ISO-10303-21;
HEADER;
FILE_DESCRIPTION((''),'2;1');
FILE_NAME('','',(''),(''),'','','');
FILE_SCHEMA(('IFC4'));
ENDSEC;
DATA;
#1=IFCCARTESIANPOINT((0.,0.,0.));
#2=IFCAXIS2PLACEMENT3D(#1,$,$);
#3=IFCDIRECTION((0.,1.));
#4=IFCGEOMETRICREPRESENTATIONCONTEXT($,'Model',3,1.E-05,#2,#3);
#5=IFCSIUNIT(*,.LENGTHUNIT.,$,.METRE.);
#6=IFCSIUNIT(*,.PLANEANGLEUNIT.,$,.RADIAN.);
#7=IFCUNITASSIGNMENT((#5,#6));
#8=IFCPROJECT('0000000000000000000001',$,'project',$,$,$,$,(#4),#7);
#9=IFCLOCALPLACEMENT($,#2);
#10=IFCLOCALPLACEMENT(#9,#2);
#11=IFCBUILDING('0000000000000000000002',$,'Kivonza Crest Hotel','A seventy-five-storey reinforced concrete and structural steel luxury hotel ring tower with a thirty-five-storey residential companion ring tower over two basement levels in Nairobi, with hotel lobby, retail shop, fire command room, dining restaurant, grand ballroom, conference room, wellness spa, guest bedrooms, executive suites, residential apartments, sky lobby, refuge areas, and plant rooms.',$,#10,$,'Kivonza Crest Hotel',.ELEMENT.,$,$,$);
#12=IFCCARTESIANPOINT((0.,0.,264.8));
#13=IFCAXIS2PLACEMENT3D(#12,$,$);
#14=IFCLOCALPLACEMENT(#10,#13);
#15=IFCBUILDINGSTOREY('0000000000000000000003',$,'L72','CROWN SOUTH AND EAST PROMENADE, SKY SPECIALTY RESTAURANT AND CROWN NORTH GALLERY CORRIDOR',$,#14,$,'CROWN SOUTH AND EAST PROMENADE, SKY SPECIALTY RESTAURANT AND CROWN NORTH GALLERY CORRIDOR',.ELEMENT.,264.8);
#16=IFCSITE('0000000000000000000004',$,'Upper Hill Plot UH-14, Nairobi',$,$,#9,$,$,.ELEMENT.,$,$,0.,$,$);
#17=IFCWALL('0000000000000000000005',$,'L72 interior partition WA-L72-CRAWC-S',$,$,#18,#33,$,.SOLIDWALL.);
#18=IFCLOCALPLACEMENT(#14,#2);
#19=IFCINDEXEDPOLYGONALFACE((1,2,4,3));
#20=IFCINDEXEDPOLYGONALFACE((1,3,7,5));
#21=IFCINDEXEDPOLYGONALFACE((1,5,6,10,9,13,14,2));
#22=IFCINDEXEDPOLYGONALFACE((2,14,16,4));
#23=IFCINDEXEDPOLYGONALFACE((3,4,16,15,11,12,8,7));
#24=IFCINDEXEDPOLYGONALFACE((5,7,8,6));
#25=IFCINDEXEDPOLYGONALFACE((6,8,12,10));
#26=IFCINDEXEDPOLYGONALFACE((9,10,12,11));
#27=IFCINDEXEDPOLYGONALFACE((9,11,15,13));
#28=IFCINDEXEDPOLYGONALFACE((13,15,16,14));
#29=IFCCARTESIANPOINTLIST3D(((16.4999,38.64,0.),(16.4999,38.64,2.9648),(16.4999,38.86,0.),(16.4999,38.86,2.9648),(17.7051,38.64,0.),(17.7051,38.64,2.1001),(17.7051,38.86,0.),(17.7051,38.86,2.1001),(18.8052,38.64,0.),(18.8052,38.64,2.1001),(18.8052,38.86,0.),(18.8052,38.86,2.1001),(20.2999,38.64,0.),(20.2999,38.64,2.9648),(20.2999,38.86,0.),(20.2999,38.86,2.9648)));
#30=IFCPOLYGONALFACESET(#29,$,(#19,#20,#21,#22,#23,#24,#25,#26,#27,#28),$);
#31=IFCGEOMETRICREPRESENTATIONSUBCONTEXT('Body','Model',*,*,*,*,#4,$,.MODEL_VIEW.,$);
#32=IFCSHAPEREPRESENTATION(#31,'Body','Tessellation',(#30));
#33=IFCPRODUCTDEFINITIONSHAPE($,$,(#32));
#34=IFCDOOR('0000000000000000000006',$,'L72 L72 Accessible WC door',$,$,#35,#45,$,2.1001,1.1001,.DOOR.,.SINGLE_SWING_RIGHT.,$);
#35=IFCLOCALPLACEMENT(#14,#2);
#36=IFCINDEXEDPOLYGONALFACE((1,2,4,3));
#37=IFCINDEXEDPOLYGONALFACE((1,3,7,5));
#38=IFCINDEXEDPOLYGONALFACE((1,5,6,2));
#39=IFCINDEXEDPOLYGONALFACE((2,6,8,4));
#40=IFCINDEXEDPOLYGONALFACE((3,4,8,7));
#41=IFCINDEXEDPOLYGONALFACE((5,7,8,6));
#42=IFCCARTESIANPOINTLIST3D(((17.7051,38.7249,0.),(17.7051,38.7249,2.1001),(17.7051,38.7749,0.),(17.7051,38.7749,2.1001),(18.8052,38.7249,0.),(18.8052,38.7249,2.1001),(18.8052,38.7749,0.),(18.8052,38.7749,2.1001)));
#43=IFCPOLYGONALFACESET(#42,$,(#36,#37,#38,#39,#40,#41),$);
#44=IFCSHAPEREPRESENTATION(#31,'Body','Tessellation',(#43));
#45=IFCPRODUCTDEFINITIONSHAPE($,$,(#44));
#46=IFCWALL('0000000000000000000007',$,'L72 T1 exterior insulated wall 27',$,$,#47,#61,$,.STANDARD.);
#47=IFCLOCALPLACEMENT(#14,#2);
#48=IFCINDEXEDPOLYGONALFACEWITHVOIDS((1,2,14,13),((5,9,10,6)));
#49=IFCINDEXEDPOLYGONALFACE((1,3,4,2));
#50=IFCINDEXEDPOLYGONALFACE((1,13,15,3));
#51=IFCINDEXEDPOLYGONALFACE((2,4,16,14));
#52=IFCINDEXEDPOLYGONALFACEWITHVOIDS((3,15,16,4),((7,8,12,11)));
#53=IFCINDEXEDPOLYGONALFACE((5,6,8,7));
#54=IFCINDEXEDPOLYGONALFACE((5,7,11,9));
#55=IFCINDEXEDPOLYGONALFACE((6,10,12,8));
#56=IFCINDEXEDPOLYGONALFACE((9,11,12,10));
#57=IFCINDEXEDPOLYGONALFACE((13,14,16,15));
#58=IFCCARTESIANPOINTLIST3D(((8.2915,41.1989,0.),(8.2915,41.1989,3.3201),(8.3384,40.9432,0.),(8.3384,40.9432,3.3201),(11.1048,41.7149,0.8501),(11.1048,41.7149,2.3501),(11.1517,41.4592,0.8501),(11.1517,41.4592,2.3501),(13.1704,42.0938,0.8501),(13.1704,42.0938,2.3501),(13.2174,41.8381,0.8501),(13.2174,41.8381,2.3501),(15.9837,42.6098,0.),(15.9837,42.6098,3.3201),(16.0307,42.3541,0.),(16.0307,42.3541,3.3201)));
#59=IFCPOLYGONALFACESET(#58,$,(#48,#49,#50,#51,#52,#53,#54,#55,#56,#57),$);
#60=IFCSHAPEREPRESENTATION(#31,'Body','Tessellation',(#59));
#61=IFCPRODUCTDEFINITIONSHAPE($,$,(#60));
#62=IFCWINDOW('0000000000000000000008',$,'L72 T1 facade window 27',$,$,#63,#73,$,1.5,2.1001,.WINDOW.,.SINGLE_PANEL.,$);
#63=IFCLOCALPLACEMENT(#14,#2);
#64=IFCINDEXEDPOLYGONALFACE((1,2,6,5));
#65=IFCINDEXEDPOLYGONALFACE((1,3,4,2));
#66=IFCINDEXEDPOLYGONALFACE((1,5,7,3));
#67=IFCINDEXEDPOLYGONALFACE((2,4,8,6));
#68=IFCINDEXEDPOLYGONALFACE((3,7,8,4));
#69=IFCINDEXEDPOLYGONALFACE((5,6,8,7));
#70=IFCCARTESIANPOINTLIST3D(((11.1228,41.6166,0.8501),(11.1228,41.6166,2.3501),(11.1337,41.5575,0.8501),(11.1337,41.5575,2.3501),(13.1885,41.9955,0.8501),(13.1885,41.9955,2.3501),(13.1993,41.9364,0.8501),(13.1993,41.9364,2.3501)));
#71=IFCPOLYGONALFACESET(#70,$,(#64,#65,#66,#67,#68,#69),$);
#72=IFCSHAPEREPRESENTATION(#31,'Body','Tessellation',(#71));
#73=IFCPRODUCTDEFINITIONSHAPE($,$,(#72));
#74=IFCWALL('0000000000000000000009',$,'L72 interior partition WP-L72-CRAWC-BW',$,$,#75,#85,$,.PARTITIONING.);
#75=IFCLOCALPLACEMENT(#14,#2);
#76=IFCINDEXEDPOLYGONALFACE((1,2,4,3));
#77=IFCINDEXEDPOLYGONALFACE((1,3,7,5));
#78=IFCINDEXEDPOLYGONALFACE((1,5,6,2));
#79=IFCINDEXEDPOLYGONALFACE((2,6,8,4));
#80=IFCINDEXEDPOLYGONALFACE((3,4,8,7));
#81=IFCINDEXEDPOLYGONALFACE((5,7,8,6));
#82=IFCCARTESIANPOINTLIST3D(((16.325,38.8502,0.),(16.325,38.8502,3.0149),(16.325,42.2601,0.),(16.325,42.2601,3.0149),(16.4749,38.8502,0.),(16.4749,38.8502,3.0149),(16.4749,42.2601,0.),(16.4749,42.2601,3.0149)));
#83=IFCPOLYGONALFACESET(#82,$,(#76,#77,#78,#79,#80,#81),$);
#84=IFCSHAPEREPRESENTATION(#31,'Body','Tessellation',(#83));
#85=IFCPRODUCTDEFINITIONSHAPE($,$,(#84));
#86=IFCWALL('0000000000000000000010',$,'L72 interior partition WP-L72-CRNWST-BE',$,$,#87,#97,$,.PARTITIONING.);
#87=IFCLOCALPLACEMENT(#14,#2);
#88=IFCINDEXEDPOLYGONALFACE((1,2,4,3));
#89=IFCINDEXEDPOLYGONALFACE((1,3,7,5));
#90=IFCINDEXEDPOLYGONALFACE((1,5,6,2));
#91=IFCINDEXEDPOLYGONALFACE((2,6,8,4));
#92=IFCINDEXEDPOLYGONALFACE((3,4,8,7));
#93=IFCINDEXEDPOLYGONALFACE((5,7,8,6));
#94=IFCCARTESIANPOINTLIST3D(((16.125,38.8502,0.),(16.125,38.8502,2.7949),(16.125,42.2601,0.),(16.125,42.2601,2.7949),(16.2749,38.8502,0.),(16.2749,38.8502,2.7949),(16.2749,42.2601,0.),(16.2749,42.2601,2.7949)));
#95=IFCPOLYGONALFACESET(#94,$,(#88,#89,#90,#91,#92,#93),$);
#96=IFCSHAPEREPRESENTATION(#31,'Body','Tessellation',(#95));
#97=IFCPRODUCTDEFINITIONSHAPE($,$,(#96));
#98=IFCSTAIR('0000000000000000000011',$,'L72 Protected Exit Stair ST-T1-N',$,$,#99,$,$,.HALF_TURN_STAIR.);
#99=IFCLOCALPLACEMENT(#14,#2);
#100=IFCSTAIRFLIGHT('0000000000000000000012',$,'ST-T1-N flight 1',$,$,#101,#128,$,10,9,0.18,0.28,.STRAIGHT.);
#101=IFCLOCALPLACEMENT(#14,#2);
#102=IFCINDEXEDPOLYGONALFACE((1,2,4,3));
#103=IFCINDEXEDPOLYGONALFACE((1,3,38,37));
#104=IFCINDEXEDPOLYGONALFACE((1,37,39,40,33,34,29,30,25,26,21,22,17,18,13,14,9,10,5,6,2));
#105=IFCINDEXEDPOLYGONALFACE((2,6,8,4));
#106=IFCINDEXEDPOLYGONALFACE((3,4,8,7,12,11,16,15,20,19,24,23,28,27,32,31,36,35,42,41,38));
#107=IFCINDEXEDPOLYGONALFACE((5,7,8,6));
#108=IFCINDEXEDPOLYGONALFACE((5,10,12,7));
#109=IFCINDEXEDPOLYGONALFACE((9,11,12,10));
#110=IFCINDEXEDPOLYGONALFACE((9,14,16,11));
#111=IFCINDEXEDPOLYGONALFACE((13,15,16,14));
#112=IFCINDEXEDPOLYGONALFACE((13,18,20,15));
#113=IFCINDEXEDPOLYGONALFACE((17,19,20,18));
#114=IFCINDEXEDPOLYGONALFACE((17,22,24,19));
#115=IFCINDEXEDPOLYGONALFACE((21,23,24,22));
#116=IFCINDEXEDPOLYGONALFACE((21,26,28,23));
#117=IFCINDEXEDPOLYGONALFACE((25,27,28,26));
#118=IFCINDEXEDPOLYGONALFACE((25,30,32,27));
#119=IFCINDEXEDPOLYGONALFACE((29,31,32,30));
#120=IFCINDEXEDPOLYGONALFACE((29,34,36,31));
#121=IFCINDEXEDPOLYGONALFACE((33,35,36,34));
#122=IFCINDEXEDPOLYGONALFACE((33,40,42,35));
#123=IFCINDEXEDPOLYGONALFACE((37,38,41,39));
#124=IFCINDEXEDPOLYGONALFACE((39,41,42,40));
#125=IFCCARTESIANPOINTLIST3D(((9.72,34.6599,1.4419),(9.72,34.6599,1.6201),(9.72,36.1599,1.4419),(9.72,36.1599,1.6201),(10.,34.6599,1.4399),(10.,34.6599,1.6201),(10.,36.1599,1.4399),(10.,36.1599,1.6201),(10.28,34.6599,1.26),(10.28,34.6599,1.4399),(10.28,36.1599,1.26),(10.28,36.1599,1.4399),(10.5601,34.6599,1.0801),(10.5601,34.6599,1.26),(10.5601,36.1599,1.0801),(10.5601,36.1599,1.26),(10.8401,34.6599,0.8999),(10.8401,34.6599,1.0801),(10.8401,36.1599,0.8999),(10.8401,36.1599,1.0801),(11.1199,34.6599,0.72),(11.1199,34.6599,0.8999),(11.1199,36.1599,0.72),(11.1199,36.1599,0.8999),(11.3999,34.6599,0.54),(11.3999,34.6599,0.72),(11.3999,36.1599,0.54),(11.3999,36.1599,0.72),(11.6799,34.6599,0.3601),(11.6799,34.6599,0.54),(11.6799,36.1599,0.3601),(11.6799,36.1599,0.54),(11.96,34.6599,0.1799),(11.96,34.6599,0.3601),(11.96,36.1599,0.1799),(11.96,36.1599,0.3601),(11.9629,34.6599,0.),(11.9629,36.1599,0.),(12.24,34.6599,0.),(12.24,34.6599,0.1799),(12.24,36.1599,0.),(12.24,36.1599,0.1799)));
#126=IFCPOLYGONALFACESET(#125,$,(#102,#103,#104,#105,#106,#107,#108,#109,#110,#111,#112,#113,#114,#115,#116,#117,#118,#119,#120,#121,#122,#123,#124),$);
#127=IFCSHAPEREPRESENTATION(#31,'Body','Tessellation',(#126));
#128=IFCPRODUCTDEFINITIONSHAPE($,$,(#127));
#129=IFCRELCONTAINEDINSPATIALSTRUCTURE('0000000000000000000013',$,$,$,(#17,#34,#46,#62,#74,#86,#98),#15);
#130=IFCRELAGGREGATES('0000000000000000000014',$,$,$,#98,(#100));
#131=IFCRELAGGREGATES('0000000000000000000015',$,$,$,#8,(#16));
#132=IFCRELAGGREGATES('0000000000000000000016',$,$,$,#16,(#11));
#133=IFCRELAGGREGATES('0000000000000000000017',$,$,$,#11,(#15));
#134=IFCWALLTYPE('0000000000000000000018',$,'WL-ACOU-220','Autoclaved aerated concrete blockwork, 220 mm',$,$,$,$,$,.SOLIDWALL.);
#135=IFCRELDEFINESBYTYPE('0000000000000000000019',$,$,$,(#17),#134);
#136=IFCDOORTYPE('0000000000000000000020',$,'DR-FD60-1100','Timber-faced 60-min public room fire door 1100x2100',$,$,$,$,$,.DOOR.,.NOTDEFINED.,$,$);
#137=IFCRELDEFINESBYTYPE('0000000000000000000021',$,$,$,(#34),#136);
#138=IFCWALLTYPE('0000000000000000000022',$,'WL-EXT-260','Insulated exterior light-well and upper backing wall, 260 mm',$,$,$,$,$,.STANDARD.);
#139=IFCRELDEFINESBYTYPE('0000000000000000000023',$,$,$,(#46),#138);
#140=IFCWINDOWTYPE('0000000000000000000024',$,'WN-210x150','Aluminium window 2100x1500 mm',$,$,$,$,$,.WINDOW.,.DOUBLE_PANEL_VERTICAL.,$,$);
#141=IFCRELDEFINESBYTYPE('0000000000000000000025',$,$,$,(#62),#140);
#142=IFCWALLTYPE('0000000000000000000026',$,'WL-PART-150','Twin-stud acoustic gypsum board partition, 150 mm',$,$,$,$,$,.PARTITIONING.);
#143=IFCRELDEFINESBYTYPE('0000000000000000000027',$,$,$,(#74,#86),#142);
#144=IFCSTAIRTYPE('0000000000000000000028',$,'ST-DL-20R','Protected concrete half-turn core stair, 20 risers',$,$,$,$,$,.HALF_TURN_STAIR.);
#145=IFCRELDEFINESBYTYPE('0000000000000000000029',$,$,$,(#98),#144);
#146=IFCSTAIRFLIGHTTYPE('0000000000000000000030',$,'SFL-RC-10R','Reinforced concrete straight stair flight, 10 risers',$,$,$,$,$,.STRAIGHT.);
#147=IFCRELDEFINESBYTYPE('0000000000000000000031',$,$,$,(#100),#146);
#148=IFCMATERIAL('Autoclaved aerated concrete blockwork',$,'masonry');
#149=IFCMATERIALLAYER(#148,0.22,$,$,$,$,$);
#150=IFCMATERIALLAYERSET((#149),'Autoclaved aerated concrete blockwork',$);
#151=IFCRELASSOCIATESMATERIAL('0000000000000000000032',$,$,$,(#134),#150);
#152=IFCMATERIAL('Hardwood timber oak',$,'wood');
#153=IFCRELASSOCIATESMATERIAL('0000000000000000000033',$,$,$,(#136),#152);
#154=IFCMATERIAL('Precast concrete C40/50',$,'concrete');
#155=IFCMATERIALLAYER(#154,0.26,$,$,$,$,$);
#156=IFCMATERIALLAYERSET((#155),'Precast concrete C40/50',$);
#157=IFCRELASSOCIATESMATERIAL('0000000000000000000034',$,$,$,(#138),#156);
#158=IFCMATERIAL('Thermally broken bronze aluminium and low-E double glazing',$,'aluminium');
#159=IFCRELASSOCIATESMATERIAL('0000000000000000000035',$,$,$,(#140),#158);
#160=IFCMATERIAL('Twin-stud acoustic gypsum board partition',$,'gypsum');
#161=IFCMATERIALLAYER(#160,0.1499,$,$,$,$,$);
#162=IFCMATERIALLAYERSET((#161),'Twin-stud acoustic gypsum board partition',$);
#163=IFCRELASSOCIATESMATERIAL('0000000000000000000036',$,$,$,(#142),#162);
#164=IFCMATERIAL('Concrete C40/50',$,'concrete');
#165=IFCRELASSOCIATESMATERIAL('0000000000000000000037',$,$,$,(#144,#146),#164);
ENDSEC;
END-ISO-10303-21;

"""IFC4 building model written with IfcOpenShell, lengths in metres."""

from ifc_helpers import new_model, si_unit, direction, frame, frame_2d, origin, place, context, subcontext, project, spatial, polyline, rectangle, outline, extrude, material, layer, layer_set, type_object, element, fill, aggregate, save


model = new_model("IFC4")

# Units and contexts
model_context = context("Model", 3, precision=1e-05, world=origin(), true_north=direction((0.0, 1.0)))
body_context = subcontext(model_context, "Body", "Model", "MODEL_VIEW")
ifc_project = project(units=[si_unit("LENGTHUNIT", "METRE"), si_unit("PLANEANGLEUNIT", "RADIAN")], contexts=[model_context])

# Site, building, storey
site_placement = place(None, origin())
site = spatial("IfcSite", under=ifc_project, at=site_placement, Name="Upper Hill Plot UH-14, Nairobi", CompositionType="ELEMENT", RefElevation=0.0)
building_placement = place(site_placement, origin())
building = spatial("IfcBuilding", under=site, at=building_placement, Name="Kivonza Crest Hotel", Description="A seventy-five-storey reinforced concrete and structural steel luxury hotel ring tower with a thirty-five-storey residential companion ring tower over two basement levels in Nairobi, with hotel lobby, retail shop, fire command room, dining restaurant, grand ballroom, conference room, wellness spa, guest bedrooms, executive suites, residential apartments, sky lobby, refuge areas, and plant rooms.", LongName="Kivonza Crest Hotel", CompositionType="ELEMENT")
storey_placement = place(building_placement, frame((0.0, 0.0, 264.8)))
storey = spatial("IfcBuildingStorey", under=building, at=storey_placement, Name="L72", Description="CROWN SOUTH AND EAST PROMENADE, SKY SPECIALTY RESTAURANT AND CROWN NORTH GALLERY CORRIDOR", LongName="CROWN SOUTH AND EAST PROMENADE, SKY SPECIALTY RESTAURANT AND CROWN NORTH GALLERY CORRIDOR", CompositionType="ELEMENT", Elevation=264.8)

# Wall, opening, door
ifc_material_1 = material(Name="Autoclaved aerated concrete blockwork", Category="masonry")
ifc_layer_1 = layer(ifc_material_1, 0.22)
ifc_layer_set_1 = layer_set([ifc_layer_1], Name="Autoclaved aerated concrete blockwork")
wall_type_1 = type_object("IfcWallType", Name="WL-ACOU-220", Description="Autoclaved aerated concrete blockwork, 220 mm", PredefinedType="SOLIDWALL", material=ifc_layer_set_1)
wall_1_placement = place(storey_placement, frame((16.5, 38.75, 0.0), z_axis=(0.0, 0.0, 1.0), x_axis=(1.0, 0.0, 0.0)))
wall_1 = element("IfcWall", 1, at=wall_1_placement, inside=storey, type_object=wall_type_1, Name="L72 interior partition WA-L72-CRAWC-S", PredefinedType="SOLIDWALL", context=body_context, shape_type="SweptSolid", body=[
    extrude(rectangle(XDim=3.8, YDim=0.22, at=frame_2d((1.8999, 0.0))), origin(), (0.0, 0.0, 1.0), 2.9648),
])
opening_1_placement = place(wall_1_placement, frame((1.2051, 0.0, 0.0)))
opening_1 = element("IfcOpeningElement", 2, at=opening_1_placement, cuts=wall_1, PredefinedType="OPENING", context=body_context, shape_type="SweptSolid", body=[
    extrude(rectangle(XDim=1.1001, YDim=2.1001, at=frame_2d((0.55, 1.05))), frame((0.0, 0.1201, 0.0), z_axis=(0.0, -1.0, 0.0), x_axis=(1.0, 0.0, 0.0)), (0.0, 0.0, 1.0), 0.24),
])
ifc_material_2 = material(Name="Hardwood timber oak", Category="wood")
door_type = type_object("IfcDoorType", Name="DR-FD60-1100", Description="Timber-faced 60-min public room fire door 1100x2100", OperationType="NOTDEFINED", PredefinedType="DOOR", material=ifc_material_2)
door_placement = place(opening_1_placement, origin())
door = element("IfcDoor", 3, at=door_placement, inside=storey, type_object=door_type, Name="L72 L72 Accessible WC door", OperationType="SINGLE_SWING_RIGHT", OverallHeight=2.1001, OverallWidth=1.1001, PredefinedType="DOOR", context=body_context, shape_type="SweptSolid", body=[
    extrude(rectangle(XDim=1.1001, YDim=2.1001, at=frame_2d((0.55, 1.05))), frame((0.0, 0.0249, 0.0), z_axis=(0.0, -1.0, 0.0), x_axis=(1.0, 0.0, 0.0)), (0.0, 0.0, 1.0), 0.05),
])
fill(opening_1, door)

# Wall, opening, window
ifc_material_3 = material(Name="Precast concrete C40/50", Category="concrete")
ifc_layer_2 = layer(ifc_material_3, 0.26)
ifc_layer_set_2 = layer_set([ifc_layer_2], Name="Precast concrete C40/50")
wall_type_2 = type_object("IfcWallType", Name="WL-EXT-260", Description="Insulated exterior light-well and upper backing wall, 260 mm", PredefinedType="STANDARD", material=ifc_layer_set_2)
wall_2_placement = place(storey_placement, frame((16.0071, 42.4819, 0.0), z_axis=(0.0, 0.0, 1.0), x_axis=(-0.983592, -0.18041, 0.0)))
wall_2 = element("IfcWall", 4, at=wall_2_placement, inside=storey, type_object=wall_type_2, Name="L72 T1 exterior insulated wall 27", PredefinedType="STANDARD", context=body_context, shape_type="SweptSolid", body=[
    extrude(rectangle(XDim=7.8206, YDim=0.26, at=frame_2d((3.9102, 0.0))), origin(), (0.0, 0.0, 1.0), 3.3201),
])
opening_2_placement = place(wall_2_placement, frame((2.8601, 0.0, 0.8501)))
opening_2 = element("IfcOpeningElement", 5, at=opening_2_placement, cuts=wall_2, PredefinedType="OPENING", context=body_context, shape_type="SweptSolid", body=[
    extrude(rectangle(XDim=2.1001, YDim=1.5, at=frame_2d((1.05, 0.75))), frame((0.0, 0.1401, 0.0), z_axis=(0.0, -1.0, 0.0), x_axis=(1.0, 0.0, 0.0)), (0.0, 0.0, 1.0), 0.28),
])
ifc_material_4 = material(Name="Thermally broken bronze aluminium and low-E double glazing", Category="aluminium")
window_type = type_object("IfcWindowType", Name="WN-210x150", Description="Aluminium window 2100x1500 mm", PartitioningType="DOUBLE_PANEL_VERTICAL", PredefinedType="WINDOW", material=ifc_material_4)
window_placement = place(opening_2_placement, origin())
window = element("IfcWindow", 6, at=window_placement, inside=storey, type_object=window_type, Name="L72 T1 facade window 27", OverallHeight=1.5, OverallWidth=2.1001, PartitioningType="SINGLE_PANEL", PredefinedType="WINDOW", context=body_context, shape_type="SweptSolid", body=[
    extrude(rectangle(XDim=2.1001, YDim=1.5, at=frame_2d((1.05, 0.75))), frame((0.0, 0.03, 0.0), z_axis=(0.0, -1.0, 0.0), x_axis=(1.0, 0.0, 0.0)), (0.0, 0.0, 1.0), 0.0601),
])
fill(opening_2, window)

# Walls
ifc_material_5 = material(Name="Twin-stud acoustic gypsum board partition", Category="gypsum")
ifc_layer_3 = layer(ifc_material_5, 0.1499)
ifc_layer_set_3 = layer_set([ifc_layer_3], Name="Twin-stud acoustic gypsum board partition")
wall_type_3 = type_object("IfcWallType", Name="WL-PART-150", Description="Twin-stud acoustic gypsum board partition, 150 mm", PredefinedType="PARTITIONING", material=ifc_layer_set_3)
wall_3_placement = place(storey_placement, frame((16.3999, 38.8501, 0.0), z_axis=(0.0, 0.0, 1.0), x_axis=(0.0, 1.0, 0.0)))
element("IfcWall", 7, at=wall_3_placement, inside=storey, type_object=wall_type_3, Name="L72 interior partition WP-L72-CRAWC-BW", PredefinedType="PARTITIONING", context=body_context, shape_type="SweptSolid", body=[
    extrude(rectangle(XDim=3.4099, YDim=0.1499, at=frame_2d((1.7051, 0.0))), origin(), (0.0, 0.0, 1.0), 3.0149),
])
wall_4_placement = place(storey_placement, frame((16.2, 38.8501, 0.0), z_axis=(0.0, 0.0, 1.0), x_axis=(0.0, 1.0, 0.0)))
element("IfcWall", 8, at=wall_4_placement, inside=storey, type_object=wall_type_3, Name="L72 interior partition WP-L72-CRNWST-BE", PredefinedType="PARTITIONING", context=body_context, shape_type="SweptSolid", body=[
    extrude(rectangle(XDim=3.4099, YDim=0.1499, at=frame_2d((1.7051, 0.0))), origin(), (0.0, 0.0, 1.0), 2.7949),
])

# Stair, stair flight
ifc_material_6 = material(Name="Concrete C40/50", Category="concrete")
stair_type = type_object("IfcStairType", Name="ST-DL-20R", Description="Protected concrete half-turn core stair, 20 risers", PredefinedType="HALF_TURN_STAIR", material=ifc_material_6)
stair_placement = place(storey_placement, origin())
stair = element("IfcStair", 9, at=stair_placement, inside=storey, type_object=stair_type, Name="L72 Protected Exit Stair ST-T1-N", PredefinedType="HALF_TURN_STAIR")
stair_flight_type = type_object("IfcStairFlightType", Name="SFL-RC-10R", Description="Reinforced concrete straight stair flight, 10 risers", PredefinedType="STRAIGHT", material=ifc_material_6)
stair_flight_placement = place(storey_placement, frame((12.24, 35.4099, 0.0), z_axis=(0.0, 0.0, 1.0), x_axis=(-1.0, 0.0, 0.0)))
stair_flight = element("IfcStairFlight", 10, at=stair_flight_placement, type_object=stair_flight_type, Name="ST-T1-N flight 1", NumberOfRisers=10, NumberOfTreads=9, PredefinedType="STRAIGHT", RiserHeight=0.18, TreadLength=0.28, context=body_context, shape_type="SweptSolid", body=[
    extrude(outline(polyline([(0.0, 0.0), (0.0, 0.1799), (0.28, 0.1799), (0.28, 0.3601), (0.5601, 0.3601), (0.5601, 0.54), (0.8401, 0.54), (0.8401, 0.72), (1.1201, 0.72), (1.1201, 0.8999), (1.3999, 0.8999), (1.3999, 1.0801), (1.6799, 1.0801), (1.6799, 1.26), (1.96, 1.26), (1.96, 1.4399), (2.24, 1.4399), (2.24, 1.6201), (2.52, 1.6201), (2.52, 1.8), (2.52, 1.4419), (0.2771, 0.0), (0.0, 0.0)])), frame((0.0, 0.75, 0.0), z_axis=(0.0, -1.0, 0.0), x_axis=(1.0, 0.0, 0.0)), (0.0, 0.0, 1.0), 1.5),
])
aggregate(stair, [stair_flight])

save(model, "model.ifc")
